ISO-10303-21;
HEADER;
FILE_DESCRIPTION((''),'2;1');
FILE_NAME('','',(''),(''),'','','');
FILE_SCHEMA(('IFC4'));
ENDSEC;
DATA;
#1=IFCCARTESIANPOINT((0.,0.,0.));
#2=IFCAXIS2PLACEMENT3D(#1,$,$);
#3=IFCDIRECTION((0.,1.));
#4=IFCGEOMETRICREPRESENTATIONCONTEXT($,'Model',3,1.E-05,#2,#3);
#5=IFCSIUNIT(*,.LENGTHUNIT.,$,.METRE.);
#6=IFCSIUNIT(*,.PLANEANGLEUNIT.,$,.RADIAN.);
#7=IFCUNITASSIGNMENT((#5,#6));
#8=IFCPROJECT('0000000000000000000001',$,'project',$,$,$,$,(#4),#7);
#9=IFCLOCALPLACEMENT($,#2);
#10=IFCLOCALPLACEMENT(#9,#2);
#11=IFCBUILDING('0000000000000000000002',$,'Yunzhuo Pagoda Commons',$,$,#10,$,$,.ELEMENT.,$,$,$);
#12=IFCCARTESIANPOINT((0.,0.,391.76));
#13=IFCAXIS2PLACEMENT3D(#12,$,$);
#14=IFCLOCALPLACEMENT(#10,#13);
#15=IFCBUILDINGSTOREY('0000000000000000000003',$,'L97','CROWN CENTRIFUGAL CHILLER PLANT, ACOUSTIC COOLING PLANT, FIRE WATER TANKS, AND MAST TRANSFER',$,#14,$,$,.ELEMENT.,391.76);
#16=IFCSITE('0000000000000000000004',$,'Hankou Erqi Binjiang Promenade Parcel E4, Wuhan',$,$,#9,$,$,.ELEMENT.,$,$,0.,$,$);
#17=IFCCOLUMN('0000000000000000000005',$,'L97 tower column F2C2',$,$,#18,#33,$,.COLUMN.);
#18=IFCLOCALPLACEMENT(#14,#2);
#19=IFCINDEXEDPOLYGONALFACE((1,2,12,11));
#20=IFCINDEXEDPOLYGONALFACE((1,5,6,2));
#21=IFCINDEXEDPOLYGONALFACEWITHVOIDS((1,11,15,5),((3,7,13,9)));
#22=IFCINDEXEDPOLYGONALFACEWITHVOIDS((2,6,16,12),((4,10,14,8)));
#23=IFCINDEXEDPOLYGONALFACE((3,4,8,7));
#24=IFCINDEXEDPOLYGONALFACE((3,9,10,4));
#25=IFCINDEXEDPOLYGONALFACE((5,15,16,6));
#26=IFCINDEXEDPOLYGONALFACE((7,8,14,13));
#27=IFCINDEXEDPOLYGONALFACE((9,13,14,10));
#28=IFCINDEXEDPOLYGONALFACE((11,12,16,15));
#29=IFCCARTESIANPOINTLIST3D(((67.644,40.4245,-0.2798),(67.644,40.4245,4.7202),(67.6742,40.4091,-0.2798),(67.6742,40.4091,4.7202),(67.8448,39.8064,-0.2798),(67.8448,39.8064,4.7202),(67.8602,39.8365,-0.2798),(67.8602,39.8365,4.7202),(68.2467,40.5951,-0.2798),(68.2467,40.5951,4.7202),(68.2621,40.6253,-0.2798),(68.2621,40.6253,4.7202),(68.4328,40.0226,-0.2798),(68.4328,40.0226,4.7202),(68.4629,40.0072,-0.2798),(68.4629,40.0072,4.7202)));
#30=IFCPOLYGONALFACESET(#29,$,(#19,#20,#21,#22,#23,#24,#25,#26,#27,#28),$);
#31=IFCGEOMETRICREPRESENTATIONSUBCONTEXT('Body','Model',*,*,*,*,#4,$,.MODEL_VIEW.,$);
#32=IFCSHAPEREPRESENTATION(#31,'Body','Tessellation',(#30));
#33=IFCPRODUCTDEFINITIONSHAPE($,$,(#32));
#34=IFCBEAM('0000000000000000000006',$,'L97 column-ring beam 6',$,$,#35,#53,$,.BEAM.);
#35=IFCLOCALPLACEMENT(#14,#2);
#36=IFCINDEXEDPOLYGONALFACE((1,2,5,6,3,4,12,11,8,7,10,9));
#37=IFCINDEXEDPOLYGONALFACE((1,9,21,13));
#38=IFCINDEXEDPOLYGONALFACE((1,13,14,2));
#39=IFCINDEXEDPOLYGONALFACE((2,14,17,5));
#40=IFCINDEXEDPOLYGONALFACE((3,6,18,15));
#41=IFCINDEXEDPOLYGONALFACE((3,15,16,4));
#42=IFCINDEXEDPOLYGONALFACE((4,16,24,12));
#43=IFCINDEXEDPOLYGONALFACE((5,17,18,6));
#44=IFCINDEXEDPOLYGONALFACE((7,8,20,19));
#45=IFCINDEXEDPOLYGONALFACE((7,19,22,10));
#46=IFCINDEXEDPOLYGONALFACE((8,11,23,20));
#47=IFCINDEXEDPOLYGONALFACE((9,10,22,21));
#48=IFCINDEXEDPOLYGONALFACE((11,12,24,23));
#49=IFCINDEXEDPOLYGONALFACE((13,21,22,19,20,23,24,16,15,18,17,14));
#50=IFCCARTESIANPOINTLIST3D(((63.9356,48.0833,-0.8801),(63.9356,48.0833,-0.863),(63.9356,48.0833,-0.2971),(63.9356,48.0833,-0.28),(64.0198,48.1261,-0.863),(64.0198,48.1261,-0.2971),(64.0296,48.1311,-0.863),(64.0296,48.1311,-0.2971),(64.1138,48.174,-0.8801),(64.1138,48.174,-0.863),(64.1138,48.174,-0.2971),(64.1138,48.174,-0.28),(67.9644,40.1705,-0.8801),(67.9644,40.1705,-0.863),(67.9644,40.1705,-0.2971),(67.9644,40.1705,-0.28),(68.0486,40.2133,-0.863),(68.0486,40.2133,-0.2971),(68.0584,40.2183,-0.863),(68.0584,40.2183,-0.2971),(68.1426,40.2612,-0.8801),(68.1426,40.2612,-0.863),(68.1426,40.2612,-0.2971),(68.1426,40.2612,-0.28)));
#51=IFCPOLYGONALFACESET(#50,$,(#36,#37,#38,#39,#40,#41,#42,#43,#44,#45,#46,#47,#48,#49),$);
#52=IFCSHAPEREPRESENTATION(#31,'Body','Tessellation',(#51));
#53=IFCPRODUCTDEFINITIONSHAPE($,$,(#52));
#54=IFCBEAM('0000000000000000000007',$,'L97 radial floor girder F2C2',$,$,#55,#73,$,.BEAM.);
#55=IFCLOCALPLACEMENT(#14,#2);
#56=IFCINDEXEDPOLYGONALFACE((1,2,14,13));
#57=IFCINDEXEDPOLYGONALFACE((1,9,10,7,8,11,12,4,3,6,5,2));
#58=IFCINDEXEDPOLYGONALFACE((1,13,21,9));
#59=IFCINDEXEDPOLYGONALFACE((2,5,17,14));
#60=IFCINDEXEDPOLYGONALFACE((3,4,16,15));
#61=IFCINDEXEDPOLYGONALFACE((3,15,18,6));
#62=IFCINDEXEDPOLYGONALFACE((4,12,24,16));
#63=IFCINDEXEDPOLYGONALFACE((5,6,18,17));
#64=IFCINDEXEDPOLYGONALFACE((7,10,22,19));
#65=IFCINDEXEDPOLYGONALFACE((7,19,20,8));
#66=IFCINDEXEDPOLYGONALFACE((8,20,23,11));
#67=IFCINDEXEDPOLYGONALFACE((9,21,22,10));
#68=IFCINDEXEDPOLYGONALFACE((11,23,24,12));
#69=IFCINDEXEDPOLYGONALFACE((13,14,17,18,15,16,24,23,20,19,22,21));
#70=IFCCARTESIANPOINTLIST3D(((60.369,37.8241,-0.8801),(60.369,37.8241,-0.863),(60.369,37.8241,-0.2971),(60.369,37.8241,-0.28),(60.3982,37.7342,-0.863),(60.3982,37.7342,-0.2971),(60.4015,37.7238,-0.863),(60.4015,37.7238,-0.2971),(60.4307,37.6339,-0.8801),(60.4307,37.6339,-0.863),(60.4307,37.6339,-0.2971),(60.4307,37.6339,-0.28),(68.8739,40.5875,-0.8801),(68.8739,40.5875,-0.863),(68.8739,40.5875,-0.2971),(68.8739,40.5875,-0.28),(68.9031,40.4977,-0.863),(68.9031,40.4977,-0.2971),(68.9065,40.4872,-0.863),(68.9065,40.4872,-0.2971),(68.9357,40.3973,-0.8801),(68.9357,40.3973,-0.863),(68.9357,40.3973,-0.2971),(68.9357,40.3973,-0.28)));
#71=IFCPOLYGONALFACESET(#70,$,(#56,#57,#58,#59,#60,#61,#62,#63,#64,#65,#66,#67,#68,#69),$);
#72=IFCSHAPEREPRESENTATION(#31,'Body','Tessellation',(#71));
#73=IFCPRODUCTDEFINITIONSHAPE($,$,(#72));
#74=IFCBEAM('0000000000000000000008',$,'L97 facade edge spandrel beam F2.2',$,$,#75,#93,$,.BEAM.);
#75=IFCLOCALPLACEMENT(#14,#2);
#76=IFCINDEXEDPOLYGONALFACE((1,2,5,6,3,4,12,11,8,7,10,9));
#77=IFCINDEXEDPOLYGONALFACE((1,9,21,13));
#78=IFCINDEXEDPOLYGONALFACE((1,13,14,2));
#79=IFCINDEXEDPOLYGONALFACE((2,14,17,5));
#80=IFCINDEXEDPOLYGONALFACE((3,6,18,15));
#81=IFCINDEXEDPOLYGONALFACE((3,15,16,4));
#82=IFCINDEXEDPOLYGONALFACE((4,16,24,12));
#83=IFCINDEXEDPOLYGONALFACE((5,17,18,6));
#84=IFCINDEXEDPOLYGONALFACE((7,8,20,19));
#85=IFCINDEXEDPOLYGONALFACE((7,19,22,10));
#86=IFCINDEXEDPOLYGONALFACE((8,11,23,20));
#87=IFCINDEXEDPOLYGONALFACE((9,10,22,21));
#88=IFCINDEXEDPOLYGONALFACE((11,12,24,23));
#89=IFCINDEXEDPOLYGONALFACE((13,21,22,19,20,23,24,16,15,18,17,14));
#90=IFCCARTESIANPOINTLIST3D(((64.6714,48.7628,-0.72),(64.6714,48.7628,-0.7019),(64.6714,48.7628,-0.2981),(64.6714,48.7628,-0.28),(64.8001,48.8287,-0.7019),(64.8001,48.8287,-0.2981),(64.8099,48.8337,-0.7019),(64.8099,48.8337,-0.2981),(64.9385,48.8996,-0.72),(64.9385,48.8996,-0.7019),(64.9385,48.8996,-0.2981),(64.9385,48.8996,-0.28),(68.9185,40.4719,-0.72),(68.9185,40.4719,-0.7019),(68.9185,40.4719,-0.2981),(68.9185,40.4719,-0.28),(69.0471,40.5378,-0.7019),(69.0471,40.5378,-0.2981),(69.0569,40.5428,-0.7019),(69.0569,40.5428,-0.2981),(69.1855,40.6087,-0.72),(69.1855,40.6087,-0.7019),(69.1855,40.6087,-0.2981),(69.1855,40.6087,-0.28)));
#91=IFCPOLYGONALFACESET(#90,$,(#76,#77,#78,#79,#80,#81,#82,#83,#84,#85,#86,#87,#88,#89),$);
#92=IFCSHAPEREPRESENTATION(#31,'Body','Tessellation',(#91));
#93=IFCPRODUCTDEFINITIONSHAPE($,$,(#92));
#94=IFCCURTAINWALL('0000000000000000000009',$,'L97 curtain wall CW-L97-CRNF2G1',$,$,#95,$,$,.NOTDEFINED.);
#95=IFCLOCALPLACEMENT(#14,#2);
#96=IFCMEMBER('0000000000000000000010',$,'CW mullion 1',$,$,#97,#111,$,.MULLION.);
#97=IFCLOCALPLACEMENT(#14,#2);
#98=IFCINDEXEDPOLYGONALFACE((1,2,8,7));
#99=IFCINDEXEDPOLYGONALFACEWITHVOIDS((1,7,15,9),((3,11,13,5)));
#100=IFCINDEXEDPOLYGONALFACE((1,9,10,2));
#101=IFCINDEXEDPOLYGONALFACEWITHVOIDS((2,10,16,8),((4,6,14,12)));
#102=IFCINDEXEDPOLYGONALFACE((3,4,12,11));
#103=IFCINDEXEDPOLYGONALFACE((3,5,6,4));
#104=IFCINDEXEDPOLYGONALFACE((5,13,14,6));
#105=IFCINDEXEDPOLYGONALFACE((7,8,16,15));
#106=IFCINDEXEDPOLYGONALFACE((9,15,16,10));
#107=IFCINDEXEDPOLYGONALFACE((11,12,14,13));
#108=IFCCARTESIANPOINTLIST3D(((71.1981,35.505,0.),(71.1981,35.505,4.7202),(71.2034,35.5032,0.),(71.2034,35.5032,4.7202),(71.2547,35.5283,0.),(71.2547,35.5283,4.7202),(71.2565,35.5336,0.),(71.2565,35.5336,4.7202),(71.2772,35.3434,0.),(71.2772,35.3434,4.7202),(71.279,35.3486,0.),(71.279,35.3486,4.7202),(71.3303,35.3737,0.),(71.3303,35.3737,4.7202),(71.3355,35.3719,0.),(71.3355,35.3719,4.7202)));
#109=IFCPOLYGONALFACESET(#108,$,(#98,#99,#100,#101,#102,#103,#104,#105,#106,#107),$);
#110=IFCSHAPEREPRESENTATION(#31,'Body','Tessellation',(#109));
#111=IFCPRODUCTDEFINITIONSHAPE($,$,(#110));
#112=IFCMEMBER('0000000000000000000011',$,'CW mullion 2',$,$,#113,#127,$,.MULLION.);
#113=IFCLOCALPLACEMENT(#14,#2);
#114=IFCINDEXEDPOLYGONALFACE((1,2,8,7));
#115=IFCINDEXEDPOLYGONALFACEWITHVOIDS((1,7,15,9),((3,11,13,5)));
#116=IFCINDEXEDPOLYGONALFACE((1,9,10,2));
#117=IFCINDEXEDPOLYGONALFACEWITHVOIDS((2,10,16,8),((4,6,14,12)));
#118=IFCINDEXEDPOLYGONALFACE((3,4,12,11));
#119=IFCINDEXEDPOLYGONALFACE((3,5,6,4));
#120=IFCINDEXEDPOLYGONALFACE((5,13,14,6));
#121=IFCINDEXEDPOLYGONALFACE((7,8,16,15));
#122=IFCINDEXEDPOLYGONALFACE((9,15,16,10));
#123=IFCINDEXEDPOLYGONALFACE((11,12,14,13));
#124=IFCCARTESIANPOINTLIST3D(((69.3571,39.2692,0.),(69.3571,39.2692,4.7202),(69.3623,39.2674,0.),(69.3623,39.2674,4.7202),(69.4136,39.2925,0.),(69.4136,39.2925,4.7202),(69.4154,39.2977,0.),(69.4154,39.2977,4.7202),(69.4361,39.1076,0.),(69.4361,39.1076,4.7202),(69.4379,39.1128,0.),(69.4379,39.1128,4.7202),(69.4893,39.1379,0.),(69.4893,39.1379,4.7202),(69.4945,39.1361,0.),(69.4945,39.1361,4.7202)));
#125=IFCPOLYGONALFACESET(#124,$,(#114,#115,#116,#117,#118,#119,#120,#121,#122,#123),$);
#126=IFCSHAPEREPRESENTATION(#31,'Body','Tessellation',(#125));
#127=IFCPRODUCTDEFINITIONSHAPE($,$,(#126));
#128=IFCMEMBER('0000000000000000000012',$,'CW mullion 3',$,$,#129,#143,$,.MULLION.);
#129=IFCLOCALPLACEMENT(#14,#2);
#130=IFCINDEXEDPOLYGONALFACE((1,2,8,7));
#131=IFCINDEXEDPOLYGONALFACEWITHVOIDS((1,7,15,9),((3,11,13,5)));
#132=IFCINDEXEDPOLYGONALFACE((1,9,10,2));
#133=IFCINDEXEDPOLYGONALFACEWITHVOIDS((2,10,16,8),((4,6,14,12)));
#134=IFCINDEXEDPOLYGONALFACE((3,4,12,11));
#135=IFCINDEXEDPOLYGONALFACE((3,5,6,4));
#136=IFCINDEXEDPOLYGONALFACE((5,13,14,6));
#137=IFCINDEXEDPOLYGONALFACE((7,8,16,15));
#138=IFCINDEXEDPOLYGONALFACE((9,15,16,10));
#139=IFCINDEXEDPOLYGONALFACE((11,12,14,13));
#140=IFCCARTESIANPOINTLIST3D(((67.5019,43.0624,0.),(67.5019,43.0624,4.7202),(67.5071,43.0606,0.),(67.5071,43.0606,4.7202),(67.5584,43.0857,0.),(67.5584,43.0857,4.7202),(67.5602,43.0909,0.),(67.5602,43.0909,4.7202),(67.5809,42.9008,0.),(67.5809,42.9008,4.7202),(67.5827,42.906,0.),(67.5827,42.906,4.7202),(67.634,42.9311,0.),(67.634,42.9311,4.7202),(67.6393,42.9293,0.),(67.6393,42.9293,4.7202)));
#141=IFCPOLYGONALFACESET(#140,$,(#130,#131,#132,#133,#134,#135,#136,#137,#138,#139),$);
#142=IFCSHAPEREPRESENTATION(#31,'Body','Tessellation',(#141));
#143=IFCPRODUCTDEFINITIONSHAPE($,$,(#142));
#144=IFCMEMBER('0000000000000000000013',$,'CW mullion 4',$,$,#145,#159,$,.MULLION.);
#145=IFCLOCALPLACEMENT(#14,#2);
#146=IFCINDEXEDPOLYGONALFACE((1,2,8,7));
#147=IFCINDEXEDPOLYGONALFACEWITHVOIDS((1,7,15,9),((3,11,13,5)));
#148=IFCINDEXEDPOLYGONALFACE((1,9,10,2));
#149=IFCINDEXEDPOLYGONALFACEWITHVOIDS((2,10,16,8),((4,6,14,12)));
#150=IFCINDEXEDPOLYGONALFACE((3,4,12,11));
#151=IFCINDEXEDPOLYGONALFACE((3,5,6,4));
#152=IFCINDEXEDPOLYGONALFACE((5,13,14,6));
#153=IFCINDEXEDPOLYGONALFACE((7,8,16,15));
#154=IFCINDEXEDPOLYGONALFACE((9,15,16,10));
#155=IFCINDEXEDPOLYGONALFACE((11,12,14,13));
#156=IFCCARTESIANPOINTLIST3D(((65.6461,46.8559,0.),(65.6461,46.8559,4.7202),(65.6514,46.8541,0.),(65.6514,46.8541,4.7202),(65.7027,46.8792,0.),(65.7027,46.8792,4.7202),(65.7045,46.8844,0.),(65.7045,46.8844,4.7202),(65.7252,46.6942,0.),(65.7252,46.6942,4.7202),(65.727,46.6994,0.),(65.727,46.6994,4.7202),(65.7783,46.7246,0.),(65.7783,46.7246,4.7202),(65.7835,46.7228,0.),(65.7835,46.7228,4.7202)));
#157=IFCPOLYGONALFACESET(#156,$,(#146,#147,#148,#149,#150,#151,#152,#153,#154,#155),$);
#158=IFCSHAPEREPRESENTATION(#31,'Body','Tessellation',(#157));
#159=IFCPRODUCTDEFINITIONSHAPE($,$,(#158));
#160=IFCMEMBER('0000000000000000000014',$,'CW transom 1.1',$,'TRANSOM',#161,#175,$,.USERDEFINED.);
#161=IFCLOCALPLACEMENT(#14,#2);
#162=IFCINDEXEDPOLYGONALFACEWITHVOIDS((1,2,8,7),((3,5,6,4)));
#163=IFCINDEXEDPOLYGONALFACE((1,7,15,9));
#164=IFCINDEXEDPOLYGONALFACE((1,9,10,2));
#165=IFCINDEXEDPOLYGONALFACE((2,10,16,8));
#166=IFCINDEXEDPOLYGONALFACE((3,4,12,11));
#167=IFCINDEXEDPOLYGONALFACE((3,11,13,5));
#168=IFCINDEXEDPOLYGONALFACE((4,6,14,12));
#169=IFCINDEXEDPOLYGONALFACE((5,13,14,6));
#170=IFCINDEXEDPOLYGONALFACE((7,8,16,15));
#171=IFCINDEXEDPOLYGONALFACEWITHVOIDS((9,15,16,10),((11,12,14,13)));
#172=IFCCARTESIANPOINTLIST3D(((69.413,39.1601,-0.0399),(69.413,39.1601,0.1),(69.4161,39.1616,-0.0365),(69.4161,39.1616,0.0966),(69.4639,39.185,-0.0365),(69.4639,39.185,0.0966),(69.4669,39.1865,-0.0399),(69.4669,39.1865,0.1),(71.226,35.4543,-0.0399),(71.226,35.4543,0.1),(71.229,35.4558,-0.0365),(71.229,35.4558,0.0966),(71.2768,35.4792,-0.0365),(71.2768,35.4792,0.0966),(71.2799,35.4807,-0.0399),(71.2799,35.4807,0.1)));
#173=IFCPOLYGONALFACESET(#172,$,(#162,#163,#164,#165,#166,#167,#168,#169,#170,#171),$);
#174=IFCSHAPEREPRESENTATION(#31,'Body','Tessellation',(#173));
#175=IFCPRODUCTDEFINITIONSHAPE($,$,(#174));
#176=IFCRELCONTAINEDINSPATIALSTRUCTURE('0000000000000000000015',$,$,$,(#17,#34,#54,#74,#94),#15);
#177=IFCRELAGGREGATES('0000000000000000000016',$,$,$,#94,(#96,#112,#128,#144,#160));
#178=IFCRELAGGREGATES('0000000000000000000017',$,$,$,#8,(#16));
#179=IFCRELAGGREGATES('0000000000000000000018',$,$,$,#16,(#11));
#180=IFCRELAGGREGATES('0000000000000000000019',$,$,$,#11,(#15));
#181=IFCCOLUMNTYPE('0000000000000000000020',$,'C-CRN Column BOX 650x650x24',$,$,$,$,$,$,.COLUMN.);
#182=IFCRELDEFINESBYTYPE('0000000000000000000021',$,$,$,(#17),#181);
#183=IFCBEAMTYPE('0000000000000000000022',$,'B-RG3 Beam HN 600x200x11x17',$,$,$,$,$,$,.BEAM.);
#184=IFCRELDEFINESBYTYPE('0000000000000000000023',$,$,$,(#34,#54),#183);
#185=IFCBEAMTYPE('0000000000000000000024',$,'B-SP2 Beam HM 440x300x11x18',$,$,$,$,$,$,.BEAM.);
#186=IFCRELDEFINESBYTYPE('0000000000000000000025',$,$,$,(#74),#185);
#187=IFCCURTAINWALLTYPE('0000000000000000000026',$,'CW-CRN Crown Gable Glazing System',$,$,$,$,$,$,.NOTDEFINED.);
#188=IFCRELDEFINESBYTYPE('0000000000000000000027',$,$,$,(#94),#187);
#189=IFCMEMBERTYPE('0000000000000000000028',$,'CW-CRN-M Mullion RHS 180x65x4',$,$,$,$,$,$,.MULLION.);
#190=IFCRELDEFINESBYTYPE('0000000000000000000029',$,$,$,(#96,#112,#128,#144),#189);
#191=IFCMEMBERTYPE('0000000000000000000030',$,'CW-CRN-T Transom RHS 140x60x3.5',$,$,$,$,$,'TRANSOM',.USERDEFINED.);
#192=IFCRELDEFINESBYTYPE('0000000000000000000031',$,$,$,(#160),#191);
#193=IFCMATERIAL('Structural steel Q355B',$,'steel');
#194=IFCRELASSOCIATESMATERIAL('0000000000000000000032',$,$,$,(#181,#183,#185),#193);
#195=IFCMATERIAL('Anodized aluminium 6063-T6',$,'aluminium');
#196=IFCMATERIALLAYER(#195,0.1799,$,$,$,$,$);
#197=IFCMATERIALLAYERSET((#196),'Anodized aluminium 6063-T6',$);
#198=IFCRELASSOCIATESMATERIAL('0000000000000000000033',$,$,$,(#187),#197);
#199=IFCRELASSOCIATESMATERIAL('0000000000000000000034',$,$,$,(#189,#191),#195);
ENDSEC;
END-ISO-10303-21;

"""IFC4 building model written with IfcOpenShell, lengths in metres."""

from ifc_helpers import new_model, si_unit, direction, frame, origin, origin_2d, place, context, subcontext, project, spatial, hollow_rectangle, i_section, extrude, source, transform, mapped, material, layer, layer_set, material_profile, profile_set, type_object, element, aggregate, save


model = new_model("IFC4")

# Units and contexts
model_context = context("Model", 3, precision=1e-05, world=origin(), true_north=direction((0.0, 1.0)))
body_context = subcontext(model_context, "Body", "Model", "MODEL_VIEW")
ifc_project = project(units=[si_unit("LENGTHUNIT", "METRE"), si_unit("PLANEANGLEUNIT", "RADIAN")], contexts=[model_context])

# Site, building, storey
site_placement = place(None, origin())
site = spatial("IfcSite", under=ifc_project, at=site_placement, Name="Hankou Erqi Binjiang Promenade Parcel E4, Wuhan", CompositionType="ELEMENT", RefElevation=0.0)
building_placement = place(site_placement, origin())
building = spatial("IfcBuilding", under=site, at=building_placement, Name="Yunzhuo Pagoda Commons", CompositionType="ELEMENT")
storey_placement = place(building_placement, frame((0.0, 0.0, 391.76)))
storey = spatial("IfcBuildingStorey", under=building, at=storey_placement, Name="L97", Description="CROWN CENTRIFUGAL CHILLER PLANT, ACOUSTIC COOLING PLANT, FIRE WATER TANKS, AND MAST TRANSFER", CompositionType="ELEMENT", Elevation=391.76)

# Column
ifc_material_1 = material(Name="Structural steel Q355B", Category="steel")
ifc_material_profile_1 = material_profile(ifc_material_1, hollow_rectangle(XDim=0.6499, YDim=0.6499, WallThickness=0.0239, at=origin_2d()), Name="Structural steel Q355B")
ifc_profile_set_1 = profile_set([ifc_material_profile_1], Name="Structural steel Q355B")
column_type = type_object("IfcColumnType", Name="C-CRN Column BOX 650x650x24", PredefinedType="COLUMN", material=ifc_profile_set_1)
shared_shape_1 = source(origin(), body_context, "Body", "SweptSolid", [
    extrude(hollow_rectangle(XDim=0.6499, YDim=0.6499, WallThickness=0.0239, at=origin_2d()), origin(), (0.0, 0.0, 1.0), 5.0),
])
column_placement = place(storey_placement, frame((68.0535, 40.2158, -0.2798), z_axis=(0.0, 0.0, 1.0), x_axis=(-0.309017, 0.951057, 0.0)))
element("IfcColumn", 1, at=column_placement, inside=storey, type_object=column_type, Name="L97 tower column F2C2", PredefinedType="COLUMN", context=body_context, shape_type="MappedRepresentation", body=[
    mapped(shared_shape_1, transform((0.0, 0.0, 0.0), scale=1.0)),
])

# Beams
ifc_material_profile_2 = material_profile(ifc_material_1, i_section(OverallWidth=0.2, OverallDepth=0.6001, WebThickness=0.011, FlangeThickness=0.0171, at=origin_2d()), Name="Structural steel Q355B")
ifc_profile_set_2 = profile_set([ifc_material_profile_2], Name="Structural steel Q355B")
beam_type_1 = type_object("IfcBeamType", Name="B-RG3 Beam HN 600x200x11x17", PredefinedType="BEAM", material=ifc_profile_set_2)
shared_shape_2 = source(origin(), body_context, "Body", "SweptSolid", [
    extrude(i_section(OverallWidth=0.2, OverallDepth=0.6001, WebThickness=0.011, FlangeThickness=0.0171, at=origin_2d()), origin(), (0.0, 0.0, 1.0), 8.8794),
])
beam_1_placement = place(storey_placement, frame((68.0535, 40.2158, -0.5801), z_axis=(-0.453724, 0.891142, 0.0), x_axis=(-0.891142, -0.453724, 0.0)))
element("IfcBeam", 2, at=beam_1_placement, inside=storey, type_object=beam_type_1, Name="L97 column-ring beam 6", PredefinedType="BEAM", context=body_context, shape_type="MappedRepresentation", body=[
    mapped(shared_shape_2, transform((0.0, 0.0, 0.0), scale=1.0)),
])
shared_shape_3 = source(origin(), body_context, "Body", "SweptSolid", [
    extrude(i_section(OverallWidth=0.2, OverallDepth=0.6001, WebThickness=0.011, FlangeThickness=0.0171, at=origin_2d()), origin(), (0.0, 0.0, 1.0), 8.9426),
])
beam_2_placement = place(storey_placement, frame((68.9048, 40.4924, -0.5801), z_axis=(-0.951056, -0.309019, 0.0), x_axis=(0.309019, -0.951056, 0.0)))
element("IfcBeam", 3, at=beam_2_placement, inside=storey, type_object=beam_type_1, Name="L97 radial floor girder F2C2", PredefinedType="BEAM", context=body_context, shape_type="MappedRepresentation", body=[
    mapped(shared_shape_3, transform((0.0, 0.0, 0.0), scale=1.0)),
])
ifc_material_profile_3 = material_profile(ifc_material_1, i_section(OverallWidth=0.3, OverallDepth=0.4399, WebThickness=0.011, FlangeThickness=0.0181, at=origin_2d()), Name="Structural steel Q355B")
ifc_profile_set_3 = profile_set([ifc_material_profile_3], Name="Structural steel Q355B")
beam_type_2 = type_object("IfcBeamType", Name="B-SP2 Beam HM 440x300x11x18", PredefinedType="BEAM", material=ifc_profile_set_3)
shared_shape_4 = source(origin(), body_context, "Body", "SweptSolid", [
    extrude(i_section(OverallWidth=0.3, OverallDepth=0.4399, WebThickness=0.011, FlangeThickness=0.0181, at=origin_2d()), origin(), (0.0, 0.0, 1.0), 9.3154),
])
beam_3_placement = place(storey_placement, frame((69.052, 40.5403, -0.5), z_axis=(-0.455914, 0.890024, 0.0), x_axis=(-0.890024, -0.455914, 0.0)))
element("IfcBeam", 4, at=beam_3_placement, inside=storey, type_object=beam_type_2, Name="L97 facade edge spandrel beam F2.2", PredefinedType="BEAM", context=body_context, shape_type="MappedRepresentation", body=[
    mapped(shared_shape_4, transform((0.0, 0.0, 0.0), scale=1.0)),
])

# Curtain wall, members
ifc_material_2 = material(Name="Anodized aluminium 6063-T6", Category="aluminium")
ifc_layer_1 = layer(ifc_material_2, 0.1799)
ifc_layer_set_1 = layer_set([ifc_layer_1], Name="Anodized aluminium 6063-T6")
curtain_wall_type = type_object("IfcCurtainWallType", Name="CW-CRN Crown Gable Glazing System", PredefinedType="NOTDEFINED", material=ifc_layer_set_1)
curtain_wall_placement = place(storey_placement, origin())
curtain_wall = element("IfcCurtainWall", 5, at=curtain_wall_placement, inside=storey, type_object=curtain_wall_type, Name="L97 curtain wall CW-L97-CRNF2G1", PredefinedType="NOTDEFINED")
ifc_material_profile_4 = material_profile(ifc_material_2, hollow_rectangle(XDim=0.0649, YDim=0.1799, WallThickness=0.0039, at=origin_2d()), Name="Anodized aluminium 6063-T6")
ifc_profile_set_4 = profile_set([ifc_material_profile_4], Name="Anodized aluminium 6063-T6")
member_type_1 = type_object("IfcMemberType", Name="CW-CRN-M Mullion RHS 180x65x4", PredefinedType="MULLION", material=ifc_profile_set_4)
shared_shape_5 = source(origin(), body_context, "Body", "SweptSolid", [
    extrude(hollow_rectangle(XDim=0.0649, YDim=0.1799, WallThickness=0.0039, at=origin_2d()), origin(), (0.0, 0.0, 1.0), 4.7202),
])
member_1_placement = place(storey_placement, frame((71.2668, 35.4385, 0.0), z_axis=(0.0, 0.0, 1.0), x_axis=(-0.898299, -0.439384, 0.0)))
member_1 = element("IfcMember", 6, at=member_1_placement, type_object=member_type_1, Name="CW mullion 1", PredefinedType="MULLION", context=body_context, shape_type="MappedRepresentation", body=[
    mapped(shared_shape_5, transform((0.0, 0.0, 0.0), scale=1.0)),
])
member_2_placement = place(storey_placement, frame((69.4258, 39.2026, 0.0), z_axis=(0.0, 0.0, 1.0), x_axis=(-0.898299, -0.439384, 0.0)))
member_2 = element("IfcMember", 7, at=member_2_placement, type_object=member_type_1, Name="CW mullion 2", PredefinedType="MULLION", context=body_context, shape_type="MappedRepresentation", body=[
    mapped(shared_shape_5, transform((0.0, 0.0, 0.0), scale=1.0)),
])
member_3_placement = place(storey_placement, frame((67.5706, 42.9958, 0.0), z_axis=(0.0, 0.0, 1.0), x_axis=(-0.898299, -0.439384, 0.0)))
member_3 = element("IfcMember", 8, at=member_3_placement, type_object=member_type_1, Name="CW mullion 3", PredefinedType="MULLION", context=body_context, shape_type="MappedRepresentation", body=[
    mapped(shared_shape_5, transform((0.0, 0.0, 0.0), scale=1.0)),
])
member_4_placement = place(storey_placement, frame((65.7148, 46.7893, 0.0), z_axis=(0.0, 0.0, 1.0), x_axis=(-0.898299, -0.439384, 0.0)))
member_4 = element("IfcMember", 9, at=member_4_placement, type_object=member_type_1, Name="CW mullion 4", PredefinedType="MULLION", context=body_context, shape_type="MappedRepresentation", body=[
    mapped(shared_shape_5, transform((0.0, 0.0, 0.0), scale=1.0)),
])
ifc_material_profile_5 = material_profile(ifc_material_2, hollow_rectangle(XDim=0.0601, YDim=0.1399, WallThickness=0.0034, at=origin_2d()), Name="Anodized aluminium 6063-T6")
ifc_profile_set_5 = profile_set([ifc_material_profile_5], Name="Anodized aluminium 6063-T6")
member_type_2 = type_object("IfcMemberType", Name="CW-CRN-T Transom RHS 140x60x3.5", ElementType="TRANSOM", PredefinedType="USERDEFINED", material=ifc_profile_set_5)
shared_shape_6 = source(origin(), body_context, "Body", "SweptSolid", [
    extrude(hollow_rectangle(XDim=0.0601, YDim=0.1399, WallThickness=0.0034, at=origin_2d()), origin(), (0.0, 0.0, 1.0), 4.1255),
])
member_5_placement = place(storey_placement, frame((71.2529, 35.4675, 0.03), z_axis=(-0.439456, 0.898264, 0.0), x_axis=(-0.898264, -0.439456, 0.0)))
member_5 = element("IfcMember", 10, at=member_5_placement, type_object=member_type_2, Name="CW transom 1.1", ObjectType="TRANSOM", PredefinedType="USERDEFINED", context=body_context, shape_type="MappedRepresentation", body=[
    mapped(shared_shape_6, transform((0.0, 0.0, 0.0), scale=1.0)),
])
aggregate(curtain_wall, [member_1, member_2, member_3, member_4, member_5])

save(model, "model.ifc")
